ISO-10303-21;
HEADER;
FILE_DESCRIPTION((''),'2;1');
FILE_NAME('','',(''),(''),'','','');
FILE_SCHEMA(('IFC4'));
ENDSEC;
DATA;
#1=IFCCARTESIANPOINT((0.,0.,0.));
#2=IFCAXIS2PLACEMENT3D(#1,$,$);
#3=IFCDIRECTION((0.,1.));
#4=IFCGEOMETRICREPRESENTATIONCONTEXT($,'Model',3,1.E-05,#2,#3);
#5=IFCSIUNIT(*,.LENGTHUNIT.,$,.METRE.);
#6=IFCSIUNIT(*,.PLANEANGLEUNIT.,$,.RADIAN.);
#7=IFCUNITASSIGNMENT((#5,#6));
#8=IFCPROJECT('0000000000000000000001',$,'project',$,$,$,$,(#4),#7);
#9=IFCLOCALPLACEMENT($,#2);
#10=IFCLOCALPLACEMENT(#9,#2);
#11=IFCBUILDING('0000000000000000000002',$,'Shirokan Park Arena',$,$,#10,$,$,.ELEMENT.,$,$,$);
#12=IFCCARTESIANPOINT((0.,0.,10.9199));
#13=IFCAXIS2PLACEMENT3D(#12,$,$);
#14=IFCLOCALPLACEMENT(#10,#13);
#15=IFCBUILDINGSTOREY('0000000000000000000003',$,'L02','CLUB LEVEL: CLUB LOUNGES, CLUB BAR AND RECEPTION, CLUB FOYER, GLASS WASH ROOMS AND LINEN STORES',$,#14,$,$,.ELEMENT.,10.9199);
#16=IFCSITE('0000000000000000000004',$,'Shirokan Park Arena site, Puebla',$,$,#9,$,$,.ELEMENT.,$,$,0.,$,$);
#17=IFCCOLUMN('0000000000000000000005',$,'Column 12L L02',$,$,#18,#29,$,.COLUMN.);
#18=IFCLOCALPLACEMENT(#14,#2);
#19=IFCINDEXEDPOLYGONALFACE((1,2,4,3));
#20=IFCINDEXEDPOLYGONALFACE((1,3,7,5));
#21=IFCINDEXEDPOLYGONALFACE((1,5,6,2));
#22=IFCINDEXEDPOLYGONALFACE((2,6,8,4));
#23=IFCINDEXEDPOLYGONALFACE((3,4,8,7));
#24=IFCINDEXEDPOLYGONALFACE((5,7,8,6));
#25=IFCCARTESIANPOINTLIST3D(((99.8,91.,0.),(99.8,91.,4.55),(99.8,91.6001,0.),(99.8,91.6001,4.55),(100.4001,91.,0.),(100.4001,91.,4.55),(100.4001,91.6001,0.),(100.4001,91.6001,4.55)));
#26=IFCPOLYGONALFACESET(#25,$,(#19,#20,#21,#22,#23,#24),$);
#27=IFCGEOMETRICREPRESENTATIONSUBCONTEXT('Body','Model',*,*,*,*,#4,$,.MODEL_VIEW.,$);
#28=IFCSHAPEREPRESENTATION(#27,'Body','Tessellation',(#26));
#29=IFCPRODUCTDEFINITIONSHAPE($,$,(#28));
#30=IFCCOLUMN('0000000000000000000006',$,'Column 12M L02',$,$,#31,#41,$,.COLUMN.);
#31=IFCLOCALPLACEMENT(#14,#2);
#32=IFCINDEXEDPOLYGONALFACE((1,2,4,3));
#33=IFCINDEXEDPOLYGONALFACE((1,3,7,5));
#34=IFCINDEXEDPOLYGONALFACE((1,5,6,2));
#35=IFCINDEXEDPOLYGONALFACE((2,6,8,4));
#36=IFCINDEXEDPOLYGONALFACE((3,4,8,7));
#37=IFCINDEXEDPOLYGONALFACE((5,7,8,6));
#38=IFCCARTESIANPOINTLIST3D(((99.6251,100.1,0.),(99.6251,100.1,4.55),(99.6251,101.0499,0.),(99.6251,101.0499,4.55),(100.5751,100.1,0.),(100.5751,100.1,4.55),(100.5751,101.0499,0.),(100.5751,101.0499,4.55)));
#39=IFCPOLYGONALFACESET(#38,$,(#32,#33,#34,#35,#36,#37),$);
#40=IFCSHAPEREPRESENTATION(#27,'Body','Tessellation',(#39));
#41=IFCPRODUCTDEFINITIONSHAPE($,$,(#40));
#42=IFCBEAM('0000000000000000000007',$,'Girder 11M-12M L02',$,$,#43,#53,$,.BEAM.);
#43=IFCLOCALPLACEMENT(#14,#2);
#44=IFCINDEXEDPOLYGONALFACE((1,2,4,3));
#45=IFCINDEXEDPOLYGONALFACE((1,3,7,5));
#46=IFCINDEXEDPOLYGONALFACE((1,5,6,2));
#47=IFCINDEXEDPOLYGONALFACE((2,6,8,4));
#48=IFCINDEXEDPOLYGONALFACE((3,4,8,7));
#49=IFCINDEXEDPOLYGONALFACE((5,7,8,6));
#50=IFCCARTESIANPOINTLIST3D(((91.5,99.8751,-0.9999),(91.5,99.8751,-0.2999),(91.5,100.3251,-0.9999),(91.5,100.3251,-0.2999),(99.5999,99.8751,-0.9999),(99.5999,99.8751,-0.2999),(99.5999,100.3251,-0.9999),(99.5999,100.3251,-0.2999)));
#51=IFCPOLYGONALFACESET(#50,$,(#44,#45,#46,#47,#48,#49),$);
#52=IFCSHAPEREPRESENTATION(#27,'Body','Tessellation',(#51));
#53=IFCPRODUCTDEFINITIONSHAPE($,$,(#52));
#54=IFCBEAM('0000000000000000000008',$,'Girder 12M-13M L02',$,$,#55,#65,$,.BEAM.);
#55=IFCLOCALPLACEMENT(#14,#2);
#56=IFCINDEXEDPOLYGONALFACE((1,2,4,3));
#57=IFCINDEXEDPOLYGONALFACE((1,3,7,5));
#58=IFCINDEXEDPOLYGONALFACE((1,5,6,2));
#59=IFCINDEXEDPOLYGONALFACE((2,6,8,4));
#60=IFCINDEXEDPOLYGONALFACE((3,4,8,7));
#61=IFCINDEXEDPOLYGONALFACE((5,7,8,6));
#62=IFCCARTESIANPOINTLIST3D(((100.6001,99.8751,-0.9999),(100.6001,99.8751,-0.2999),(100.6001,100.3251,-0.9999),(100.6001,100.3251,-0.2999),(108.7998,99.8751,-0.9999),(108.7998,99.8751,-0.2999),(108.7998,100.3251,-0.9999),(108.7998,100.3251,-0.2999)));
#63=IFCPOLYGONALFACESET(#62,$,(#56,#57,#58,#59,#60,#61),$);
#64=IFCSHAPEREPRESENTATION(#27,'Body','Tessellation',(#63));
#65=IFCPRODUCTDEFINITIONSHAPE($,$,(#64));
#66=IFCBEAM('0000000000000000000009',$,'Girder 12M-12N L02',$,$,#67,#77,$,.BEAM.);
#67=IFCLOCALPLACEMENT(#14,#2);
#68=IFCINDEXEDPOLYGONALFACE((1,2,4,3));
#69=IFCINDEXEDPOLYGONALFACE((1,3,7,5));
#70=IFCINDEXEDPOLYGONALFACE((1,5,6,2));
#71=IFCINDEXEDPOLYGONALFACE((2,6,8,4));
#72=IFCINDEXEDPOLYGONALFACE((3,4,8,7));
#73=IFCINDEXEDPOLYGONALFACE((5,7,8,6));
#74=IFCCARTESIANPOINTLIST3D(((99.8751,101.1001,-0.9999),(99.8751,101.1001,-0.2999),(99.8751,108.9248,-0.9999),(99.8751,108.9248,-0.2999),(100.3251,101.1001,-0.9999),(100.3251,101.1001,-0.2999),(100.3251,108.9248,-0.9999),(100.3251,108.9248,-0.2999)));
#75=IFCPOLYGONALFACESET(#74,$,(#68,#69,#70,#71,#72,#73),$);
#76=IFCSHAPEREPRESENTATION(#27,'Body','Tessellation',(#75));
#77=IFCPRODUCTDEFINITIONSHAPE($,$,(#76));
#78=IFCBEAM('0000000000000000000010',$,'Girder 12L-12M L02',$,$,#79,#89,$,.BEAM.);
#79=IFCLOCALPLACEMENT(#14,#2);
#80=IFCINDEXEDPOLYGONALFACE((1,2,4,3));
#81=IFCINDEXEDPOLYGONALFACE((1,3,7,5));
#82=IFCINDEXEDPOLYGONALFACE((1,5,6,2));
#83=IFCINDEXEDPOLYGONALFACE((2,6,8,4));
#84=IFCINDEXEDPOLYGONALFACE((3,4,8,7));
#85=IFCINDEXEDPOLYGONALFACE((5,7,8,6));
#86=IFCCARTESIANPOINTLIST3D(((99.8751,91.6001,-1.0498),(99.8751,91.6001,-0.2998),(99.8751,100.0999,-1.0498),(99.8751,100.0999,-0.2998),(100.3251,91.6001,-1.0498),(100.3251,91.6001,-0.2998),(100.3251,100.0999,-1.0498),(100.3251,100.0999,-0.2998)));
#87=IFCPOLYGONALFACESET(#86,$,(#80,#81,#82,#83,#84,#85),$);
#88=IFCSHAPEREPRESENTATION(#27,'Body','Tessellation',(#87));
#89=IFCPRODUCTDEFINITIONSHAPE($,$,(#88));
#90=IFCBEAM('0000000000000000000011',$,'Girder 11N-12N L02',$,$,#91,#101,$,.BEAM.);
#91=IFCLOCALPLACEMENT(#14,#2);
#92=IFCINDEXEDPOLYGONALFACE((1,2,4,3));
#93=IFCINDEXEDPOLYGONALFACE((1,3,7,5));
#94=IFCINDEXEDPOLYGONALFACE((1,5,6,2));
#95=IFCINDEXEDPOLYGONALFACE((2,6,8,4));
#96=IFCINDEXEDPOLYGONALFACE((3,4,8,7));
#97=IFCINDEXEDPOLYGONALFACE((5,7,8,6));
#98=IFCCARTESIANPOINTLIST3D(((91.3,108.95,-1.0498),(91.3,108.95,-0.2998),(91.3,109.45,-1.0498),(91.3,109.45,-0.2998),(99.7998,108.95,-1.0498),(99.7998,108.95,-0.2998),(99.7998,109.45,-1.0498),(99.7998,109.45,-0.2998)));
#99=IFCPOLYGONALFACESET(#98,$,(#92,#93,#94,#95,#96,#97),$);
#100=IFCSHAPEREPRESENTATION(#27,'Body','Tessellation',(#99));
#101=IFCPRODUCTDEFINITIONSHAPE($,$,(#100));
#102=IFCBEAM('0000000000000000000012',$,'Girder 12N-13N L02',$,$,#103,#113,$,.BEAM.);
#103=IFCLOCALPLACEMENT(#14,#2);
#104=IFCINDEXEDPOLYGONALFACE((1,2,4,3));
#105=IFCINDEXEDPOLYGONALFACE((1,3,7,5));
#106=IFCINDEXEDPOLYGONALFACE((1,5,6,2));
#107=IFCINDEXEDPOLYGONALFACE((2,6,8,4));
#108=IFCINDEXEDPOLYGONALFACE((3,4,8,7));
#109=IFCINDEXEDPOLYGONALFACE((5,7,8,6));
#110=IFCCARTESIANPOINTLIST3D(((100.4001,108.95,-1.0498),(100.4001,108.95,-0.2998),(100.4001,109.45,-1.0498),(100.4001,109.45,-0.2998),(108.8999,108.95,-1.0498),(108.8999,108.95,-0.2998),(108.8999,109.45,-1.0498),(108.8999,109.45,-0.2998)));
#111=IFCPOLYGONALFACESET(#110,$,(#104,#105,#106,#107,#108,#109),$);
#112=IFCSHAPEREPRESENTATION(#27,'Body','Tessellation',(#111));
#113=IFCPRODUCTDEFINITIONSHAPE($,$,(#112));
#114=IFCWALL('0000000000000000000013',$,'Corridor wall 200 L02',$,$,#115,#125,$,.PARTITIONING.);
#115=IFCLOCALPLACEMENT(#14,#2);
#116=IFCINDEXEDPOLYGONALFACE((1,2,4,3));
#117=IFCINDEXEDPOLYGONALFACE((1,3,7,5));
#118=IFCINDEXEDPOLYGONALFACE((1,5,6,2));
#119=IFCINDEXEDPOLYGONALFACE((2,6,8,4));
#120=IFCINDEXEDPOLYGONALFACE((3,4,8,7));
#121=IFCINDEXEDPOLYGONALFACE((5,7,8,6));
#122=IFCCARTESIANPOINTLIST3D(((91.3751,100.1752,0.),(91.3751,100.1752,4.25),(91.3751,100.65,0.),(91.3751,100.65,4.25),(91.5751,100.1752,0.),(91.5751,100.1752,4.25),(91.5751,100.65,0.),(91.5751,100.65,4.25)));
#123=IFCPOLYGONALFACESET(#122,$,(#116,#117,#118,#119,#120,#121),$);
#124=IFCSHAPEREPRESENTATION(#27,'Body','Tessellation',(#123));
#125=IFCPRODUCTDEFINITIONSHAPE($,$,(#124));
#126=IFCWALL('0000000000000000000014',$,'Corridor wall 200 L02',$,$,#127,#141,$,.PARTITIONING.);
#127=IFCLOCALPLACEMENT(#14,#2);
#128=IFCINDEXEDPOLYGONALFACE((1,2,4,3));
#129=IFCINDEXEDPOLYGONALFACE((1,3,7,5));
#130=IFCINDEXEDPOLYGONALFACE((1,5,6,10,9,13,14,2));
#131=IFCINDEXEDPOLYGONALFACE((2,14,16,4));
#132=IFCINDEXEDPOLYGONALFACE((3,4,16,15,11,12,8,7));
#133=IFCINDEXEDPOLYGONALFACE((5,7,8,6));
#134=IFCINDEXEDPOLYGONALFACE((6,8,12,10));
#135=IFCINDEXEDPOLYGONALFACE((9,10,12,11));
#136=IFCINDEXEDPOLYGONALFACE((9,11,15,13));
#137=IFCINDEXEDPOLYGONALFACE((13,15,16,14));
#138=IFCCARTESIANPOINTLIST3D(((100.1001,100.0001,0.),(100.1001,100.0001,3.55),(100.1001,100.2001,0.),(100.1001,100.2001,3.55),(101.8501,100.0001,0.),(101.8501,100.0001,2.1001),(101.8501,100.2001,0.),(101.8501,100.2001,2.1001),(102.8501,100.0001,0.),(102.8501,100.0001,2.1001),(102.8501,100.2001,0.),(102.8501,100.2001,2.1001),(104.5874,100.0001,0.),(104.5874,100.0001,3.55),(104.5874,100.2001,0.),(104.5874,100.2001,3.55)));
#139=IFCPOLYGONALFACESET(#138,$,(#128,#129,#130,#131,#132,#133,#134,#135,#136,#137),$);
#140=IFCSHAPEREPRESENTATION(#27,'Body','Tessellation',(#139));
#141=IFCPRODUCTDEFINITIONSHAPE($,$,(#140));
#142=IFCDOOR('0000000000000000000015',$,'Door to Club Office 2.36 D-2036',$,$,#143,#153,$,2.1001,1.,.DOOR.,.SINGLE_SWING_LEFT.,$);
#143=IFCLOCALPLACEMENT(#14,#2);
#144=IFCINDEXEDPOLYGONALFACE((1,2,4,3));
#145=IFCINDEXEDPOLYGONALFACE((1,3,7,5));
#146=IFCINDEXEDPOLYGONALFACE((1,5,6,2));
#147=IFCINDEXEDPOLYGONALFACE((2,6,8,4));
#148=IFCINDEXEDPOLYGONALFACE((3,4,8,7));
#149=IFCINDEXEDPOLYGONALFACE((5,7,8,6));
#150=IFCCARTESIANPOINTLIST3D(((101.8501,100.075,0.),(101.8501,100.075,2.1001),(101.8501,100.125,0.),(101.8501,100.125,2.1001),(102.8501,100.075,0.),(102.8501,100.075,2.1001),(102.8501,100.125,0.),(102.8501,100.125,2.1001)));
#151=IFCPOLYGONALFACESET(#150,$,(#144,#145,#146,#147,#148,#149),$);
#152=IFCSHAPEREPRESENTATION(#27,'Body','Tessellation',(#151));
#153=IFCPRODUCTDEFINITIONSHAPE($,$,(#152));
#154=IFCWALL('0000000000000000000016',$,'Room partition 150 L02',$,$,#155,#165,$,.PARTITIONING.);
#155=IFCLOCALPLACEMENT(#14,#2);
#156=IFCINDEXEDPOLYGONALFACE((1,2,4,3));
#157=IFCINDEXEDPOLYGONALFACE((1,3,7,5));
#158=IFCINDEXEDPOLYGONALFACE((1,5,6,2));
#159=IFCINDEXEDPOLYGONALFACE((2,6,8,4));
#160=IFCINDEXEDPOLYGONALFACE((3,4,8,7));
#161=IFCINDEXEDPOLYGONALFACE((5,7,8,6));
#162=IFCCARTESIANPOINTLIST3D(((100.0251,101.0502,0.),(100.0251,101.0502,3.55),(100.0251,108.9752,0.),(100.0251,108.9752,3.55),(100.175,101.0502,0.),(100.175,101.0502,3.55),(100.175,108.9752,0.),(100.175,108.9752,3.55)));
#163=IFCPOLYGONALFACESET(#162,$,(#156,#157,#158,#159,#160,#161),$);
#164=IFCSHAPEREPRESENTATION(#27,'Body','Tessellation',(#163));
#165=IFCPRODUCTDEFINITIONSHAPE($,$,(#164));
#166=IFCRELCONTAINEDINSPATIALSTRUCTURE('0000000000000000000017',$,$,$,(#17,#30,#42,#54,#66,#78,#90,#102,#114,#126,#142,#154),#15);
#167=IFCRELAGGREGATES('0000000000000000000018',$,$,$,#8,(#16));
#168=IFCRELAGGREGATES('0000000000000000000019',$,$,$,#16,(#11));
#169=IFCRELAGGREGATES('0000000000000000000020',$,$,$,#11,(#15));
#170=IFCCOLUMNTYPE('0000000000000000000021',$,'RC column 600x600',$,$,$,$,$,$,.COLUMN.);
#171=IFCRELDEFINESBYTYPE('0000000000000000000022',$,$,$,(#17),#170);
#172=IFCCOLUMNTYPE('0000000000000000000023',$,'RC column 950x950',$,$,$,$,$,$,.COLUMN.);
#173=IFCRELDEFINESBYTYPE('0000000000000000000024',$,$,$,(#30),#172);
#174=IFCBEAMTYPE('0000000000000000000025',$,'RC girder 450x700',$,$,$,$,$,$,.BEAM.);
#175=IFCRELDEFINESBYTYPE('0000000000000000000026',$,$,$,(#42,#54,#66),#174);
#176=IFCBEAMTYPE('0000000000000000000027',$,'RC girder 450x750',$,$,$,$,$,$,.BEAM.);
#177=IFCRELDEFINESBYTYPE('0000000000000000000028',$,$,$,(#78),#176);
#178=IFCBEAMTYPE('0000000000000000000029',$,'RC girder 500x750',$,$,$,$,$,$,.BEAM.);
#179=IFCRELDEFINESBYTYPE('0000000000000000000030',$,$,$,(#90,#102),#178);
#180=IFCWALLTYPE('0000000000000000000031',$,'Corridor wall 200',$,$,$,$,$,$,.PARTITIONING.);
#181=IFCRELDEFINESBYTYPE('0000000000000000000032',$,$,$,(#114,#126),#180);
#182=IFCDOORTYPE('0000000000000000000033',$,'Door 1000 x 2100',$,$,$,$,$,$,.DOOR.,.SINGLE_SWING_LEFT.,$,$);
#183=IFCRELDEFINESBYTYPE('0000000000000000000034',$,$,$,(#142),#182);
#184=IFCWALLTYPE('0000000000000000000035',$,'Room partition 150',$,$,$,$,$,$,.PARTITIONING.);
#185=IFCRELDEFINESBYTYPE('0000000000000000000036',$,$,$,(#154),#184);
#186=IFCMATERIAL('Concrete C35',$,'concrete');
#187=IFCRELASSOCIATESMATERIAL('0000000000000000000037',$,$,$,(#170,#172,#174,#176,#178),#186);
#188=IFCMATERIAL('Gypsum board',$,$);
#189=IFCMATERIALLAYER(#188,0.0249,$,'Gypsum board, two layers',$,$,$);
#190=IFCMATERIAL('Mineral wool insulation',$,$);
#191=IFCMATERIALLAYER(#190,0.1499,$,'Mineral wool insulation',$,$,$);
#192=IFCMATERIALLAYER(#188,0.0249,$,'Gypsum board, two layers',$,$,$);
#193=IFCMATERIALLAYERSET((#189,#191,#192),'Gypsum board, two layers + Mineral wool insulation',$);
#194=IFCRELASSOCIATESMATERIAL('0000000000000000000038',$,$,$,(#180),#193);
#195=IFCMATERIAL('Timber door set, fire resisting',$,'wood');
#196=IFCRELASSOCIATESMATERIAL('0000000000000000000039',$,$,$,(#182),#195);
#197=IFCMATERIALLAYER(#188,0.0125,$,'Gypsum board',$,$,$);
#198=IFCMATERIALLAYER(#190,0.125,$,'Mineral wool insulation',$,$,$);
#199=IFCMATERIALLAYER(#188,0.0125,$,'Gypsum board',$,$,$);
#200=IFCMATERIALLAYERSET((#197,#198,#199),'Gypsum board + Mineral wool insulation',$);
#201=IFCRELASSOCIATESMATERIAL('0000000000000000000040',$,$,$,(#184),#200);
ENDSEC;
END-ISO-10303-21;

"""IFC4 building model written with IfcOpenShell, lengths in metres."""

from ifc_helpers import new_model, si_unit, direction, frame, frame_2d, origin, origin_2d, place, context, subcontext, project, spatial, rectangle, extrude, material, layer, layer_set, material_profile, profile_set, type_object, element, fill, save


model = new_model("IFC4")

# Units and contexts
model_context = context("Model", 3, precision=1e-05, world=origin(), true_north=direction((0.0, 1.0)))
body_context = subcontext(model_context, "Body", "Model", "MODEL_VIEW")
ifc_project = project(units=[si_unit("LENGTHUNIT", "METRE"), si_unit("PLANEANGLEUNIT", "RADIAN")], contexts=[model_context])

# Site, building, storey
site_placement = place(None, origin())
site = spatial("IfcSite", under=ifc_project, at=site_placement, Name="Shirokan Park Arena site, Puebla", CompositionType="ELEMENT", RefElevation=0.0)
building_placement = place(site_placement, origin())
building = spatial("IfcBuilding", under=site, at=building_placement, Name="Shirokan Park Arena", CompositionType="ELEMENT")
storey_placement = place(building_placement, frame((0.0, 0.0, 10.9199)))
storey = spatial("IfcBuildingStorey", under=building, at=storey_placement, Name="L02", Description="CLUB LEVEL: CLUB LOUNGES, CLUB BAR AND RECEPTION, CLUB FOYER, GLASS WASH ROOMS AND LINEN STORES", CompositionType="ELEMENT", Elevation=10.9199)

# Columns
ifc_material_1 = material(Name="Concrete C35", Category="concrete")
ifc_material_profile_1 = material_profile(ifc_material_1, rectangle(XDim=0.6001, YDim=0.6001, at=origin_2d()), Name="600x600")
ifc_profile_set_1 = profile_set([ifc_material_profile_1], Name="Concrete C35")
column_type_1 = type_object("IfcColumnType", Name="RC column 600x600", PredefinedType="COLUMN", material=ifc_profile_set_1)
column_1_placement = place(storey_placement, frame((100.1001, 91.3, 0.0), z_axis=(0.0, 0.0, 1.0), x_axis=(1.0, 0.0, 0.0)))
element("IfcColumn", 1, at=column_1_placement, inside=storey, type_object=column_type_1, Name="Column 12L L02", PredefinedType="COLUMN", context=body_context, shape_type="SweptSolid", body=[
    extrude(rectangle(XDim=0.6001, YDim=0.6001, at=origin_2d()), origin(), (0.0, 0.0, 1.0), 4.55),
])
ifc_material_profile_2 = material_profile(ifc_material_1, rectangle(XDim=0.95, YDim=0.95, at=origin_2d()), Name="950x950")
ifc_profile_set_2 = profile_set([ifc_material_profile_2], Name="Concrete C35")
column_type_2 = type_object("IfcColumnType", Name="RC column 950x950", PredefinedType="COLUMN", material=ifc_profile_set_2)
column_2_placement = place(storey_placement, frame((100.1001, 100.575, 0.0), z_axis=(0.0, 0.0, 1.0), x_axis=(1.0, 0.0, 0.0)))
element("IfcColumn", 2, at=column_2_placement, inside=storey, type_object=column_type_2, Name="Column 12M L02", PredefinedType="COLUMN", context=body_context, shape_type="SweptSolid", body=[
    extrude(rectangle(XDim=0.95, YDim=0.95, at=origin_2d()), origin(), (0.0, 0.0, 1.0), 4.55),
])

# Beams
ifc_material_profile_3 = material_profile(ifc_material_1, rectangle(XDim=0.45, YDim=0.7, at=origin_2d()), Name="450x700")
ifc_profile_set_3 = profile_set([ifc_material_profile_3], Name="Concrete C35")
beam_type_1 = type_object("IfcBeamType", Name="RC girder 450x700", PredefinedType="BEAM", material=ifc_profile_set_3)
beam_1_placement = place(storey_placement, frame((91.5, 100.1001, -0.6499), z_axis=(1.0, 0.0, 0.0), x_axis=(0.0, 1.0, 0.0)))
element("IfcBeam", 3, at=beam_1_placement, inside=storey, type_object=beam_type_1, Name="Girder 11M-12M L02", PredefinedType="BEAM", context=body_context, shape_type="SweptSolid", body=[
    extrude(rectangle(XDim=0.45, YDim=0.7, at=origin_2d()), origin(), (0.0, 0.0, 1.0), 8.0999),
])
beam_2_placement = place(storey_placement, frame((100.6001, 100.1001, -0.6499), z_axis=(1.0, 0.0, 0.0), x_axis=(0.0, 1.0, 0.0)))
element("IfcBeam", 4, at=beam_2_placement, inside=storey, type_object=beam_type_1, Name="Girder 12M-13M L02", PredefinedType="BEAM", context=body_context, shape_type="SweptSolid", body=[
    extrude(rectangle(XDim=0.45, YDim=0.7, at=origin_2d()), origin(), (0.0, 0.0, 1.0), 8.1997),
])
beam_3_placement = place(storey_placement, frame((100.1001, 101.1001, -0.6499), z_axis=(0.0, 1.0, 0.0), x_axis=(-1.0, 0.0, 0.0)))
element("IfcBeam", 5, at=beam_3_placement, inside=storey, type_object=beam_type_1, Name="Girder 12M-12N L02", PredefinedType="BEAM", context=body_context, shape_type="SweptSolid", body=[
    extrude(rectangle(XDim=0.45, YDim=0.7, at=origin_2d()), origin(), (0.0, 0.0, 1.0), 7.8247),
])
ifc_material_profile_4 = material_profile(ifc_material_1, rectangle(XDim=0.45, YDim=0.75, at=origin_2d()), Name="450x750")
ifc_profile_set_4 = profile_set([ifc_material_profile_4], Name="Concrete C35")
beam_type_2 = type_object("IfcBeamType", Name="RC girder 450x750", PredefinedType="BEAM", material=ifc_profile_set_4)
beam_4_placement = place(storey_placement, frame((100.1001, 91.6001, -0.6748), z_axis=(0.0, 1.0, 0.0), x_axis=(-1.0, 0.0, 0.0)))
element("IfcBeam", 6, at=beam_4_placement, inside=storey, type_object=beam_type_2, Name="Girder 12L-12M L02", PredefinedType="BEAM", context=body_context, shape_type="SweptSolid", body=[
    extrude(rectangle(XDim=0.45, YDim=0.75, at=origin_2d()), origin(), (0.0, 0.0, 1.0), 8.4998),
])
ifc_material_profile_5 = material_profile(ifc_material_1, rectangle(XDim=0.5, YDim=0.75, at=origin_2d()), Name="500x750")
ifc_profile_set_5 = profile_set([ifc_material_profile_5], Name="Concrete C35")
beam_type_3 = type_object("IfcBeamType", Name="RC girder 500x750", PredefinedType="BEAM", material=ifc_profile_set_5)
for number, where, z_axis, x_axis, name in (
    (7, (91.3, 109.2, -0.6748), (1.0, 0.0, 0.0), (0.0, 1.0, 0.0), "Girder 11N-12N L02"),
    (8, (100.4001, 109.2, -0.6748), (1.0, 0.0, 0.0), (0.0, 1.0, 0.0), "Girder 12N-13N L02"),
):
    element("IfcBeam", number, at=place(storey_placement, frame(where, z_axis=z_axis, x_axis=x_axis)), inside=storey, type_object=beam_type_3, Name=name, PredefinedType="BEAM", context=body_context, shape_type="SweptSolid", body=[
        extrude(rectangle(XDim=0.5, YDim=0.75, at=origin_2d()), origin(), (0.0, 0.0, 1.0), 8.4998),
    ])

# Shared definitions
ifc_material_2 = material(Name="Gypsum board")
ifc_layer_1 = layer(ifc_material_2, 0.0249, Name="Gypsum board, two layers")
ifc_material_3 = material(Name="Mineral wool insulation")
ifc_layer_2 = layer(ifc_material_3, 0.1499, Name="Mineral wool insulation")
ifc_layer_3 = layer(ifc_material_2, 0.0249, Name="Gypsum board, two layers")
ifc_layer_set_1 = layer_set([ifc_layer_1, ifc_layer_2, ifc_layer_3], Name="Gypsum board, two layers + Mineral wool insulation")
wall_type_1 = type_object("IfcWallType", Name="Corridor wall 200", PredefinedType="PARTITIONING", material=ifc_layer_set_1)

# Wall
wall_1_placement = place(storey_placement, frame((91.4751, 100.6499, 0.0), z_axis=(0.0, 0.0, 1.0), x_axis=(0.0, -1.0, 0.0)))
element("IfcWall", 9, at=wall_1_placement, inside=storey, type_object=wall_type_1, Name="Corridor wall 200 L02", PredefinedType="PARTITIONING", context=body_context, shape_type="SweptSolid", body=[
    extrude(rectangle(XDim=0.4749, YDim=0.2, at=frame_2d((0.2373, 0.0))), origin(), (0.0, 0.0, 1.0), 4.25),
])

# Wall, opening, door
wall_2_placement = place(storey_placement, frame((100.1001, 100.1001, 0.0), z_axis=(0.0, 0.0, 1.0), x_axis=(1.0, 0.0, 0.0)))
wall_2 = element("IfcWall", 10, at=wall_2_placement, inside=storey, type_object=wall_type_1, Name="Corridor wall 200 L02", PredefinedType="PARTITIONING", context=body_context, shape_type="SweptSolid", body=[
    extrude(rectangle(XDim=4.4873, YDim=0.2, at=frame_2d((2.2437, 0.0))), origin(), (0.0, 0.0, 1.0), 3.55),
])
opening_1_placement = place(wall_2_placement, frame((1.75, 0.0, 0.0)))
opening_1 = element("IfcOpeningElement", 11, at=opening_1_placement, cuts=wall_2, PredefinedType="OPENING", context=body_context, shape_type="SweptSolid", body=[
    extrude(rectangle(XDim=1.0, YDim=2.1001, at=frame_2d((0.5, 1.05))), frame((0.0, 0.1099, 0.0), z_axis=(0.0, -1.0, 0.0), x_axis=(1.0, 0.0, 0.0)), (0.0, 0.0, 1.0), 0.22),
])
ifc_material_4 = material(Name="Timber door set, fire resisting", Category="wood")
door_type_1 = type_object("IfcDoorType", Name="Door 1000 x 2100", OperationType="SINGLE_SWING_LEFT", PredefinedType="DOOR", material=ifc_material_4)
door_1_placement = place(opening_1_placement, origin())
door_1 = element("IfcDoor", 12, at=door_1_placement, inside=storey, type_object=door_type_1, Name="Door to Club Office 2.36 D-2036", OperationType="SINGLE_SWING_LEFT", OverallHeight=2.1001, OverallWidth=1.0, PredefinedType="DOOR", context=body_context, shape_type="SweptSolid", body=[
    extrude(rectangle(XDim=1.0, YDim=2.1001, at=frame_2d((0.5, 1.05))), frame((0.0, 0.0249, 0.0), z_axis=(0.0, -1.0, 0.0), x_axis=(1.0, 0.0, 0.0)), (0.0, 0.0, 1.0), 0.05),
])
fill(opening_1, door_1)

# Wall
ifc_layer_4 = layer(ifc_material_2, 0.0125, Name="Gypsum board")
ifc_layer_5 = layer(ifc_material_3, 0.125, Name="Mineral wool insulation")
ifc_layer_6 = layer(ifc_material_2, 0.0125, Name="Gypsum board")
ifc_layer_set_2 = layer_set([ifc_layer_4, ifc_layer_5, ifc_layer_6], Name="Gypsum board + Mineral wool insulation")
wall_type_2 = type_object("IfcWallType", Name="Room partition 150", PredefinedType="PARTITIONING", material=ifc_layer_set_2)
wall_3_placement = place(storey_placement, frame((100.1001, 108.9751, 0.0), z_axis=(0.0, 0.0, 1.0), x_axis=(0.0, -1.0, 0.0)))
element("IfcWall", 13, at=wall_3_placement, inside=storey, type_object=wall_type_2, Name="Room partition 150 L02", PredefinedType="PARTITIONING", context=body_context, shape_type="SweptSolid", body=[
    extrude(rectangle(XDim=7.925, YDim=0.1499, at=frame_2d((3.9624, 0.0))), origin(), (0.0, 0.0, 1.0), 3.55),
])

save(model, "model.ifc")
